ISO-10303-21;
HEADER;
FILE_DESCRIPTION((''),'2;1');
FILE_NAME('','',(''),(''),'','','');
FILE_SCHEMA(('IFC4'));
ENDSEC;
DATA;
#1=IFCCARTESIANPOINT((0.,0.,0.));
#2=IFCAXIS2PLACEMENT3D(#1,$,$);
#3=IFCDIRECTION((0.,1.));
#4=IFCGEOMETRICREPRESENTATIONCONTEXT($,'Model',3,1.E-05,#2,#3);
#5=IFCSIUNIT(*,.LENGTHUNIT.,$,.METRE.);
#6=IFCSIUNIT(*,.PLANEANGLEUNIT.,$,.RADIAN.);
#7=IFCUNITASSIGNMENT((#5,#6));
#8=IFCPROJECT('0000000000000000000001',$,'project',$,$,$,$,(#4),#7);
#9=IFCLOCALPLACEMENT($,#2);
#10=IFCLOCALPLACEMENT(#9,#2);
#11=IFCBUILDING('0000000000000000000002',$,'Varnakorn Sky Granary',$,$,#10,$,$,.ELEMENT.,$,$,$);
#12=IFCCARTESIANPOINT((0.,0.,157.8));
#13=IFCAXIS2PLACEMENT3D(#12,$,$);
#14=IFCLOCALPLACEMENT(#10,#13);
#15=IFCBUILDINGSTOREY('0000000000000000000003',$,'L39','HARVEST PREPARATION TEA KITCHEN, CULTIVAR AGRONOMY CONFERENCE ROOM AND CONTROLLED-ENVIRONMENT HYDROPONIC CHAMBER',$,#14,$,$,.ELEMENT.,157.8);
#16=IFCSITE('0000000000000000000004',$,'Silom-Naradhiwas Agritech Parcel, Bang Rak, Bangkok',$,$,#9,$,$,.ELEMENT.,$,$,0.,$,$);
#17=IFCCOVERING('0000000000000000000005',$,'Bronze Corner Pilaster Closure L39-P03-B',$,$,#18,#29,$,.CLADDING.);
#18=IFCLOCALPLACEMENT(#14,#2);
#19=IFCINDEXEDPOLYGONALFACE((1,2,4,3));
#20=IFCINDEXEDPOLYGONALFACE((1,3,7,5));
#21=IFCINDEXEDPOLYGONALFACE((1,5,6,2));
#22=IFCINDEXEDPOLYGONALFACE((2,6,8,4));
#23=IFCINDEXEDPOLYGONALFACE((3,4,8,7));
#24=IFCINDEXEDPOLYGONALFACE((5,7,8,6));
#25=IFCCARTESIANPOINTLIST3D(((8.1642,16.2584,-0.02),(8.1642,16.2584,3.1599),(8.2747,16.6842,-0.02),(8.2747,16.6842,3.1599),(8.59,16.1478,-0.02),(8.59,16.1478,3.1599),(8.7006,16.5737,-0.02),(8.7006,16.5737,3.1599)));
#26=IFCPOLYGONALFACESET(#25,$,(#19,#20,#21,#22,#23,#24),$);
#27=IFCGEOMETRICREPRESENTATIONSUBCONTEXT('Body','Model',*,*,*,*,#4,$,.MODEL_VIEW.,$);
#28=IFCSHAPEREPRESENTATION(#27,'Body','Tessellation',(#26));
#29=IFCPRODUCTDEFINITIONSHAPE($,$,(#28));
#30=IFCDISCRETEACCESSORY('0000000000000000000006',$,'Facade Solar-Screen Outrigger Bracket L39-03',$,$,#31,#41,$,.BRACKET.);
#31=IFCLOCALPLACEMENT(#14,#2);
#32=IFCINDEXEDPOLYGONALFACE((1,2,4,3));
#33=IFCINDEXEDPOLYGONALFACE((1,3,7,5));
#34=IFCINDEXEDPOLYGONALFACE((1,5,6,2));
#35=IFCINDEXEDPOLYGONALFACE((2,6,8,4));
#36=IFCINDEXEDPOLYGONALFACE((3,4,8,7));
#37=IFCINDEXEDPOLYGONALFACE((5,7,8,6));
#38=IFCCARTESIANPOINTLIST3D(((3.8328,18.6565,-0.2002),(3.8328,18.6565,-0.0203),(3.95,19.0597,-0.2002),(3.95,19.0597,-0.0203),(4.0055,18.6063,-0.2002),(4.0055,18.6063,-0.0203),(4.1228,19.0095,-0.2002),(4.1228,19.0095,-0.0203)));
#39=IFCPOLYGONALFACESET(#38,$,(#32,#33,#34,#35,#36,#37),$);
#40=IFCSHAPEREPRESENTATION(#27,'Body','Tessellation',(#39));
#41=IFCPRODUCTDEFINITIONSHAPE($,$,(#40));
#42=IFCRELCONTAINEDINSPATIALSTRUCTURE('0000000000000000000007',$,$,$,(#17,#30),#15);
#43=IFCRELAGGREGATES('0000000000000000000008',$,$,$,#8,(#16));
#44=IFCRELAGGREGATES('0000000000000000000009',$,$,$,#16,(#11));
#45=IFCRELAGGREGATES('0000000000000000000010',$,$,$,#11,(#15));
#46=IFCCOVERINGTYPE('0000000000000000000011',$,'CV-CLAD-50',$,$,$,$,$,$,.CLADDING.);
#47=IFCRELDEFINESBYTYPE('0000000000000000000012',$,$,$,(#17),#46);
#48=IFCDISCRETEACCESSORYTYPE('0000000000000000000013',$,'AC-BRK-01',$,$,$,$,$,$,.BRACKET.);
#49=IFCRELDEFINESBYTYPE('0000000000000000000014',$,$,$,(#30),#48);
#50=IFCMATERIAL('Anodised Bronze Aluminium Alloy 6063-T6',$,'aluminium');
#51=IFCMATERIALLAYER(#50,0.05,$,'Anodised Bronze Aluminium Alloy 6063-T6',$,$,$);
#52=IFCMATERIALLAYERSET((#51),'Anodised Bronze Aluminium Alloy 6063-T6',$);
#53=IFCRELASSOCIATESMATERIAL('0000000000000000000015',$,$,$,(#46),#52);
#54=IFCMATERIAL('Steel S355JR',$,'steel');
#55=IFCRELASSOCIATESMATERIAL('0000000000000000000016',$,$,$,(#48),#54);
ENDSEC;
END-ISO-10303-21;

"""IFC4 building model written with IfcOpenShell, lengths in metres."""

from ifc_helpers import new_model, si_unit, direction, frame, origin, origin_2d, place, context, subcontext, project, spatial, rectangle, extrude, source, transform, mapped, material, layer, layer_set, type_object, type_shapes, element, save


model = new_model("IFC4")

# Units and contexts
model_context = context("Model", 3, precision=1e-05, world=origin(), true_north=direction((0.0, 1.0)))
body_context = subcontext(model_context, "Body", "Model", "MODEL_VIEW")
ifc_project = project(units=[si_unit("LENGTHUNIT", "METRE"), si_unit("PLANEANGLEUNIT", "RADIAN")], contexts=[model_context])

# Site, building, storey
site_placement = place(None, origin())
site = spatial("IfcSite", under=ifc_project, at=site_placement, Name="Silom-Naradhiwas Agritech Parcel, Bang Rak, Bangkok", CompositionType="ELEMENT", RefElevation=0.0)
building_placement = place(site_placement, origin())
building = spatial("IfcBuilding", under=site, at=building_placement, Name="Varnakorn Sky Granary", CompositionType="ELEMENT")
storey_placement = place(building_placement, frame((0.0, 0.0, 157.8)))
storey = spatial("IfcBuildingStorey", under=building, at=storey_placement, Name="L39", Description="HARVEST PREPARATION TEA KITCHEN, CULTIVAR AGRONOMY CONFERENCE ROOM AND CONTROLLED-ENVIRONMENT HYDROPONIC CHAMBER", CompositionType="ELEMENT", Elevation=157.8)

# Shared definitions
ifc_material_1 = material(Name="Steel S355JR", Category="steel")

# Shared definitions
ifc_material_2 = material(Name="Anodised Bronze Aluminium Alloy 6063-T6", Category="aluminium")

# Covering
ifc_layer_1 = layer(ifc_material_2, 0.05, Name="Anodised Bronze Aluminium Alloy 6063-T6")
ifc_layer_set_1 = layer_set([ifc_layer_1], Name="Anodised Bronze Aluminium Alloy 6063-T6")
covering_type = type_object("IfcCoveringType", Name="CV-CLAD-50", PredefinedType="CLADDING", material=ifc_layer_set_1)
shared_shape_1 = source(origin(), body_context, "Body", "SweptSolid", [
    extrude(rectangle(XDim=0.4399, YDim=0.4399, at=origin_2d()), origin(), (0.0, 0.0, 1.0), 3.1799),
])
type_shapes(covering_type, [shared_shape_1])
covering_placement = place(storey_placement, frame((8.4324, 16.416, -0.02), z_axis=(0.0, 0.0, 1.0), x_axis=(0.967929, -0.251225, 0.0)))
element("IfcCovering", 1, at=covering_placement, inside=storey, type_object=covering_type, Name="Bronze Corner Pilaster Closure L39-P03-B", PredefinedType="CLADDING", context=body_context, shape_type="MappedRepresentation", body=[
    mapped(shared_shape_1, transform((0.0, 0.0, 0.0), x_axis=(1.0, 0.0, 0.0), y_axis=(0.0, 1.0, 0.0), z_axis=(0.0, 0.0, 1.0), scale=1.0)),
])

# Discrete accessory
discrete_accessory_type = type_object("IfcDiscreteAccessoryType", Name="AC-BRK-01", PredefinedType="BRACKET", material=ifc_material_1)
shared_shape_2 = source(origin(), body_context, "Body", "SweptSolid", [
    extrude(rectangle(XDim=0.1799, YDim=0.4199, at=origin_2d()), origin(), (0.0, 0.0, 1.0), 0.1799),
])
type_shapes(discrete_accessory_type, [shared_shape_2])
discrete_accessory_placement = place(storey_placement, frame((3.9778, 18.833, -0.2002), z_axis=(0.0, 0.0, 1.0), x_axis=(-0.960207, 0.279289, 0.0)))
element("IfcDiscreteAccessory", 2, at=discrete_accessory_placement, inside=storey, type_object=discrete_accessory_type, Name="Facade Solar-Screen Outrigger Bracket L39-03", PredefinedType="BRACKET", context=body_context, shape_type="MappedRepresentation", body=[
    mapped(shared_shape_2, transform((0.0, 0.0, 0.0), x_axis=(1.0, 0.0, 0.0), y_axis=(0.0, 1.0, 0.0), z_axis=(0.0, 0.0, 1.0), scale=1.0)),
])

save(model, "model.ifc")
